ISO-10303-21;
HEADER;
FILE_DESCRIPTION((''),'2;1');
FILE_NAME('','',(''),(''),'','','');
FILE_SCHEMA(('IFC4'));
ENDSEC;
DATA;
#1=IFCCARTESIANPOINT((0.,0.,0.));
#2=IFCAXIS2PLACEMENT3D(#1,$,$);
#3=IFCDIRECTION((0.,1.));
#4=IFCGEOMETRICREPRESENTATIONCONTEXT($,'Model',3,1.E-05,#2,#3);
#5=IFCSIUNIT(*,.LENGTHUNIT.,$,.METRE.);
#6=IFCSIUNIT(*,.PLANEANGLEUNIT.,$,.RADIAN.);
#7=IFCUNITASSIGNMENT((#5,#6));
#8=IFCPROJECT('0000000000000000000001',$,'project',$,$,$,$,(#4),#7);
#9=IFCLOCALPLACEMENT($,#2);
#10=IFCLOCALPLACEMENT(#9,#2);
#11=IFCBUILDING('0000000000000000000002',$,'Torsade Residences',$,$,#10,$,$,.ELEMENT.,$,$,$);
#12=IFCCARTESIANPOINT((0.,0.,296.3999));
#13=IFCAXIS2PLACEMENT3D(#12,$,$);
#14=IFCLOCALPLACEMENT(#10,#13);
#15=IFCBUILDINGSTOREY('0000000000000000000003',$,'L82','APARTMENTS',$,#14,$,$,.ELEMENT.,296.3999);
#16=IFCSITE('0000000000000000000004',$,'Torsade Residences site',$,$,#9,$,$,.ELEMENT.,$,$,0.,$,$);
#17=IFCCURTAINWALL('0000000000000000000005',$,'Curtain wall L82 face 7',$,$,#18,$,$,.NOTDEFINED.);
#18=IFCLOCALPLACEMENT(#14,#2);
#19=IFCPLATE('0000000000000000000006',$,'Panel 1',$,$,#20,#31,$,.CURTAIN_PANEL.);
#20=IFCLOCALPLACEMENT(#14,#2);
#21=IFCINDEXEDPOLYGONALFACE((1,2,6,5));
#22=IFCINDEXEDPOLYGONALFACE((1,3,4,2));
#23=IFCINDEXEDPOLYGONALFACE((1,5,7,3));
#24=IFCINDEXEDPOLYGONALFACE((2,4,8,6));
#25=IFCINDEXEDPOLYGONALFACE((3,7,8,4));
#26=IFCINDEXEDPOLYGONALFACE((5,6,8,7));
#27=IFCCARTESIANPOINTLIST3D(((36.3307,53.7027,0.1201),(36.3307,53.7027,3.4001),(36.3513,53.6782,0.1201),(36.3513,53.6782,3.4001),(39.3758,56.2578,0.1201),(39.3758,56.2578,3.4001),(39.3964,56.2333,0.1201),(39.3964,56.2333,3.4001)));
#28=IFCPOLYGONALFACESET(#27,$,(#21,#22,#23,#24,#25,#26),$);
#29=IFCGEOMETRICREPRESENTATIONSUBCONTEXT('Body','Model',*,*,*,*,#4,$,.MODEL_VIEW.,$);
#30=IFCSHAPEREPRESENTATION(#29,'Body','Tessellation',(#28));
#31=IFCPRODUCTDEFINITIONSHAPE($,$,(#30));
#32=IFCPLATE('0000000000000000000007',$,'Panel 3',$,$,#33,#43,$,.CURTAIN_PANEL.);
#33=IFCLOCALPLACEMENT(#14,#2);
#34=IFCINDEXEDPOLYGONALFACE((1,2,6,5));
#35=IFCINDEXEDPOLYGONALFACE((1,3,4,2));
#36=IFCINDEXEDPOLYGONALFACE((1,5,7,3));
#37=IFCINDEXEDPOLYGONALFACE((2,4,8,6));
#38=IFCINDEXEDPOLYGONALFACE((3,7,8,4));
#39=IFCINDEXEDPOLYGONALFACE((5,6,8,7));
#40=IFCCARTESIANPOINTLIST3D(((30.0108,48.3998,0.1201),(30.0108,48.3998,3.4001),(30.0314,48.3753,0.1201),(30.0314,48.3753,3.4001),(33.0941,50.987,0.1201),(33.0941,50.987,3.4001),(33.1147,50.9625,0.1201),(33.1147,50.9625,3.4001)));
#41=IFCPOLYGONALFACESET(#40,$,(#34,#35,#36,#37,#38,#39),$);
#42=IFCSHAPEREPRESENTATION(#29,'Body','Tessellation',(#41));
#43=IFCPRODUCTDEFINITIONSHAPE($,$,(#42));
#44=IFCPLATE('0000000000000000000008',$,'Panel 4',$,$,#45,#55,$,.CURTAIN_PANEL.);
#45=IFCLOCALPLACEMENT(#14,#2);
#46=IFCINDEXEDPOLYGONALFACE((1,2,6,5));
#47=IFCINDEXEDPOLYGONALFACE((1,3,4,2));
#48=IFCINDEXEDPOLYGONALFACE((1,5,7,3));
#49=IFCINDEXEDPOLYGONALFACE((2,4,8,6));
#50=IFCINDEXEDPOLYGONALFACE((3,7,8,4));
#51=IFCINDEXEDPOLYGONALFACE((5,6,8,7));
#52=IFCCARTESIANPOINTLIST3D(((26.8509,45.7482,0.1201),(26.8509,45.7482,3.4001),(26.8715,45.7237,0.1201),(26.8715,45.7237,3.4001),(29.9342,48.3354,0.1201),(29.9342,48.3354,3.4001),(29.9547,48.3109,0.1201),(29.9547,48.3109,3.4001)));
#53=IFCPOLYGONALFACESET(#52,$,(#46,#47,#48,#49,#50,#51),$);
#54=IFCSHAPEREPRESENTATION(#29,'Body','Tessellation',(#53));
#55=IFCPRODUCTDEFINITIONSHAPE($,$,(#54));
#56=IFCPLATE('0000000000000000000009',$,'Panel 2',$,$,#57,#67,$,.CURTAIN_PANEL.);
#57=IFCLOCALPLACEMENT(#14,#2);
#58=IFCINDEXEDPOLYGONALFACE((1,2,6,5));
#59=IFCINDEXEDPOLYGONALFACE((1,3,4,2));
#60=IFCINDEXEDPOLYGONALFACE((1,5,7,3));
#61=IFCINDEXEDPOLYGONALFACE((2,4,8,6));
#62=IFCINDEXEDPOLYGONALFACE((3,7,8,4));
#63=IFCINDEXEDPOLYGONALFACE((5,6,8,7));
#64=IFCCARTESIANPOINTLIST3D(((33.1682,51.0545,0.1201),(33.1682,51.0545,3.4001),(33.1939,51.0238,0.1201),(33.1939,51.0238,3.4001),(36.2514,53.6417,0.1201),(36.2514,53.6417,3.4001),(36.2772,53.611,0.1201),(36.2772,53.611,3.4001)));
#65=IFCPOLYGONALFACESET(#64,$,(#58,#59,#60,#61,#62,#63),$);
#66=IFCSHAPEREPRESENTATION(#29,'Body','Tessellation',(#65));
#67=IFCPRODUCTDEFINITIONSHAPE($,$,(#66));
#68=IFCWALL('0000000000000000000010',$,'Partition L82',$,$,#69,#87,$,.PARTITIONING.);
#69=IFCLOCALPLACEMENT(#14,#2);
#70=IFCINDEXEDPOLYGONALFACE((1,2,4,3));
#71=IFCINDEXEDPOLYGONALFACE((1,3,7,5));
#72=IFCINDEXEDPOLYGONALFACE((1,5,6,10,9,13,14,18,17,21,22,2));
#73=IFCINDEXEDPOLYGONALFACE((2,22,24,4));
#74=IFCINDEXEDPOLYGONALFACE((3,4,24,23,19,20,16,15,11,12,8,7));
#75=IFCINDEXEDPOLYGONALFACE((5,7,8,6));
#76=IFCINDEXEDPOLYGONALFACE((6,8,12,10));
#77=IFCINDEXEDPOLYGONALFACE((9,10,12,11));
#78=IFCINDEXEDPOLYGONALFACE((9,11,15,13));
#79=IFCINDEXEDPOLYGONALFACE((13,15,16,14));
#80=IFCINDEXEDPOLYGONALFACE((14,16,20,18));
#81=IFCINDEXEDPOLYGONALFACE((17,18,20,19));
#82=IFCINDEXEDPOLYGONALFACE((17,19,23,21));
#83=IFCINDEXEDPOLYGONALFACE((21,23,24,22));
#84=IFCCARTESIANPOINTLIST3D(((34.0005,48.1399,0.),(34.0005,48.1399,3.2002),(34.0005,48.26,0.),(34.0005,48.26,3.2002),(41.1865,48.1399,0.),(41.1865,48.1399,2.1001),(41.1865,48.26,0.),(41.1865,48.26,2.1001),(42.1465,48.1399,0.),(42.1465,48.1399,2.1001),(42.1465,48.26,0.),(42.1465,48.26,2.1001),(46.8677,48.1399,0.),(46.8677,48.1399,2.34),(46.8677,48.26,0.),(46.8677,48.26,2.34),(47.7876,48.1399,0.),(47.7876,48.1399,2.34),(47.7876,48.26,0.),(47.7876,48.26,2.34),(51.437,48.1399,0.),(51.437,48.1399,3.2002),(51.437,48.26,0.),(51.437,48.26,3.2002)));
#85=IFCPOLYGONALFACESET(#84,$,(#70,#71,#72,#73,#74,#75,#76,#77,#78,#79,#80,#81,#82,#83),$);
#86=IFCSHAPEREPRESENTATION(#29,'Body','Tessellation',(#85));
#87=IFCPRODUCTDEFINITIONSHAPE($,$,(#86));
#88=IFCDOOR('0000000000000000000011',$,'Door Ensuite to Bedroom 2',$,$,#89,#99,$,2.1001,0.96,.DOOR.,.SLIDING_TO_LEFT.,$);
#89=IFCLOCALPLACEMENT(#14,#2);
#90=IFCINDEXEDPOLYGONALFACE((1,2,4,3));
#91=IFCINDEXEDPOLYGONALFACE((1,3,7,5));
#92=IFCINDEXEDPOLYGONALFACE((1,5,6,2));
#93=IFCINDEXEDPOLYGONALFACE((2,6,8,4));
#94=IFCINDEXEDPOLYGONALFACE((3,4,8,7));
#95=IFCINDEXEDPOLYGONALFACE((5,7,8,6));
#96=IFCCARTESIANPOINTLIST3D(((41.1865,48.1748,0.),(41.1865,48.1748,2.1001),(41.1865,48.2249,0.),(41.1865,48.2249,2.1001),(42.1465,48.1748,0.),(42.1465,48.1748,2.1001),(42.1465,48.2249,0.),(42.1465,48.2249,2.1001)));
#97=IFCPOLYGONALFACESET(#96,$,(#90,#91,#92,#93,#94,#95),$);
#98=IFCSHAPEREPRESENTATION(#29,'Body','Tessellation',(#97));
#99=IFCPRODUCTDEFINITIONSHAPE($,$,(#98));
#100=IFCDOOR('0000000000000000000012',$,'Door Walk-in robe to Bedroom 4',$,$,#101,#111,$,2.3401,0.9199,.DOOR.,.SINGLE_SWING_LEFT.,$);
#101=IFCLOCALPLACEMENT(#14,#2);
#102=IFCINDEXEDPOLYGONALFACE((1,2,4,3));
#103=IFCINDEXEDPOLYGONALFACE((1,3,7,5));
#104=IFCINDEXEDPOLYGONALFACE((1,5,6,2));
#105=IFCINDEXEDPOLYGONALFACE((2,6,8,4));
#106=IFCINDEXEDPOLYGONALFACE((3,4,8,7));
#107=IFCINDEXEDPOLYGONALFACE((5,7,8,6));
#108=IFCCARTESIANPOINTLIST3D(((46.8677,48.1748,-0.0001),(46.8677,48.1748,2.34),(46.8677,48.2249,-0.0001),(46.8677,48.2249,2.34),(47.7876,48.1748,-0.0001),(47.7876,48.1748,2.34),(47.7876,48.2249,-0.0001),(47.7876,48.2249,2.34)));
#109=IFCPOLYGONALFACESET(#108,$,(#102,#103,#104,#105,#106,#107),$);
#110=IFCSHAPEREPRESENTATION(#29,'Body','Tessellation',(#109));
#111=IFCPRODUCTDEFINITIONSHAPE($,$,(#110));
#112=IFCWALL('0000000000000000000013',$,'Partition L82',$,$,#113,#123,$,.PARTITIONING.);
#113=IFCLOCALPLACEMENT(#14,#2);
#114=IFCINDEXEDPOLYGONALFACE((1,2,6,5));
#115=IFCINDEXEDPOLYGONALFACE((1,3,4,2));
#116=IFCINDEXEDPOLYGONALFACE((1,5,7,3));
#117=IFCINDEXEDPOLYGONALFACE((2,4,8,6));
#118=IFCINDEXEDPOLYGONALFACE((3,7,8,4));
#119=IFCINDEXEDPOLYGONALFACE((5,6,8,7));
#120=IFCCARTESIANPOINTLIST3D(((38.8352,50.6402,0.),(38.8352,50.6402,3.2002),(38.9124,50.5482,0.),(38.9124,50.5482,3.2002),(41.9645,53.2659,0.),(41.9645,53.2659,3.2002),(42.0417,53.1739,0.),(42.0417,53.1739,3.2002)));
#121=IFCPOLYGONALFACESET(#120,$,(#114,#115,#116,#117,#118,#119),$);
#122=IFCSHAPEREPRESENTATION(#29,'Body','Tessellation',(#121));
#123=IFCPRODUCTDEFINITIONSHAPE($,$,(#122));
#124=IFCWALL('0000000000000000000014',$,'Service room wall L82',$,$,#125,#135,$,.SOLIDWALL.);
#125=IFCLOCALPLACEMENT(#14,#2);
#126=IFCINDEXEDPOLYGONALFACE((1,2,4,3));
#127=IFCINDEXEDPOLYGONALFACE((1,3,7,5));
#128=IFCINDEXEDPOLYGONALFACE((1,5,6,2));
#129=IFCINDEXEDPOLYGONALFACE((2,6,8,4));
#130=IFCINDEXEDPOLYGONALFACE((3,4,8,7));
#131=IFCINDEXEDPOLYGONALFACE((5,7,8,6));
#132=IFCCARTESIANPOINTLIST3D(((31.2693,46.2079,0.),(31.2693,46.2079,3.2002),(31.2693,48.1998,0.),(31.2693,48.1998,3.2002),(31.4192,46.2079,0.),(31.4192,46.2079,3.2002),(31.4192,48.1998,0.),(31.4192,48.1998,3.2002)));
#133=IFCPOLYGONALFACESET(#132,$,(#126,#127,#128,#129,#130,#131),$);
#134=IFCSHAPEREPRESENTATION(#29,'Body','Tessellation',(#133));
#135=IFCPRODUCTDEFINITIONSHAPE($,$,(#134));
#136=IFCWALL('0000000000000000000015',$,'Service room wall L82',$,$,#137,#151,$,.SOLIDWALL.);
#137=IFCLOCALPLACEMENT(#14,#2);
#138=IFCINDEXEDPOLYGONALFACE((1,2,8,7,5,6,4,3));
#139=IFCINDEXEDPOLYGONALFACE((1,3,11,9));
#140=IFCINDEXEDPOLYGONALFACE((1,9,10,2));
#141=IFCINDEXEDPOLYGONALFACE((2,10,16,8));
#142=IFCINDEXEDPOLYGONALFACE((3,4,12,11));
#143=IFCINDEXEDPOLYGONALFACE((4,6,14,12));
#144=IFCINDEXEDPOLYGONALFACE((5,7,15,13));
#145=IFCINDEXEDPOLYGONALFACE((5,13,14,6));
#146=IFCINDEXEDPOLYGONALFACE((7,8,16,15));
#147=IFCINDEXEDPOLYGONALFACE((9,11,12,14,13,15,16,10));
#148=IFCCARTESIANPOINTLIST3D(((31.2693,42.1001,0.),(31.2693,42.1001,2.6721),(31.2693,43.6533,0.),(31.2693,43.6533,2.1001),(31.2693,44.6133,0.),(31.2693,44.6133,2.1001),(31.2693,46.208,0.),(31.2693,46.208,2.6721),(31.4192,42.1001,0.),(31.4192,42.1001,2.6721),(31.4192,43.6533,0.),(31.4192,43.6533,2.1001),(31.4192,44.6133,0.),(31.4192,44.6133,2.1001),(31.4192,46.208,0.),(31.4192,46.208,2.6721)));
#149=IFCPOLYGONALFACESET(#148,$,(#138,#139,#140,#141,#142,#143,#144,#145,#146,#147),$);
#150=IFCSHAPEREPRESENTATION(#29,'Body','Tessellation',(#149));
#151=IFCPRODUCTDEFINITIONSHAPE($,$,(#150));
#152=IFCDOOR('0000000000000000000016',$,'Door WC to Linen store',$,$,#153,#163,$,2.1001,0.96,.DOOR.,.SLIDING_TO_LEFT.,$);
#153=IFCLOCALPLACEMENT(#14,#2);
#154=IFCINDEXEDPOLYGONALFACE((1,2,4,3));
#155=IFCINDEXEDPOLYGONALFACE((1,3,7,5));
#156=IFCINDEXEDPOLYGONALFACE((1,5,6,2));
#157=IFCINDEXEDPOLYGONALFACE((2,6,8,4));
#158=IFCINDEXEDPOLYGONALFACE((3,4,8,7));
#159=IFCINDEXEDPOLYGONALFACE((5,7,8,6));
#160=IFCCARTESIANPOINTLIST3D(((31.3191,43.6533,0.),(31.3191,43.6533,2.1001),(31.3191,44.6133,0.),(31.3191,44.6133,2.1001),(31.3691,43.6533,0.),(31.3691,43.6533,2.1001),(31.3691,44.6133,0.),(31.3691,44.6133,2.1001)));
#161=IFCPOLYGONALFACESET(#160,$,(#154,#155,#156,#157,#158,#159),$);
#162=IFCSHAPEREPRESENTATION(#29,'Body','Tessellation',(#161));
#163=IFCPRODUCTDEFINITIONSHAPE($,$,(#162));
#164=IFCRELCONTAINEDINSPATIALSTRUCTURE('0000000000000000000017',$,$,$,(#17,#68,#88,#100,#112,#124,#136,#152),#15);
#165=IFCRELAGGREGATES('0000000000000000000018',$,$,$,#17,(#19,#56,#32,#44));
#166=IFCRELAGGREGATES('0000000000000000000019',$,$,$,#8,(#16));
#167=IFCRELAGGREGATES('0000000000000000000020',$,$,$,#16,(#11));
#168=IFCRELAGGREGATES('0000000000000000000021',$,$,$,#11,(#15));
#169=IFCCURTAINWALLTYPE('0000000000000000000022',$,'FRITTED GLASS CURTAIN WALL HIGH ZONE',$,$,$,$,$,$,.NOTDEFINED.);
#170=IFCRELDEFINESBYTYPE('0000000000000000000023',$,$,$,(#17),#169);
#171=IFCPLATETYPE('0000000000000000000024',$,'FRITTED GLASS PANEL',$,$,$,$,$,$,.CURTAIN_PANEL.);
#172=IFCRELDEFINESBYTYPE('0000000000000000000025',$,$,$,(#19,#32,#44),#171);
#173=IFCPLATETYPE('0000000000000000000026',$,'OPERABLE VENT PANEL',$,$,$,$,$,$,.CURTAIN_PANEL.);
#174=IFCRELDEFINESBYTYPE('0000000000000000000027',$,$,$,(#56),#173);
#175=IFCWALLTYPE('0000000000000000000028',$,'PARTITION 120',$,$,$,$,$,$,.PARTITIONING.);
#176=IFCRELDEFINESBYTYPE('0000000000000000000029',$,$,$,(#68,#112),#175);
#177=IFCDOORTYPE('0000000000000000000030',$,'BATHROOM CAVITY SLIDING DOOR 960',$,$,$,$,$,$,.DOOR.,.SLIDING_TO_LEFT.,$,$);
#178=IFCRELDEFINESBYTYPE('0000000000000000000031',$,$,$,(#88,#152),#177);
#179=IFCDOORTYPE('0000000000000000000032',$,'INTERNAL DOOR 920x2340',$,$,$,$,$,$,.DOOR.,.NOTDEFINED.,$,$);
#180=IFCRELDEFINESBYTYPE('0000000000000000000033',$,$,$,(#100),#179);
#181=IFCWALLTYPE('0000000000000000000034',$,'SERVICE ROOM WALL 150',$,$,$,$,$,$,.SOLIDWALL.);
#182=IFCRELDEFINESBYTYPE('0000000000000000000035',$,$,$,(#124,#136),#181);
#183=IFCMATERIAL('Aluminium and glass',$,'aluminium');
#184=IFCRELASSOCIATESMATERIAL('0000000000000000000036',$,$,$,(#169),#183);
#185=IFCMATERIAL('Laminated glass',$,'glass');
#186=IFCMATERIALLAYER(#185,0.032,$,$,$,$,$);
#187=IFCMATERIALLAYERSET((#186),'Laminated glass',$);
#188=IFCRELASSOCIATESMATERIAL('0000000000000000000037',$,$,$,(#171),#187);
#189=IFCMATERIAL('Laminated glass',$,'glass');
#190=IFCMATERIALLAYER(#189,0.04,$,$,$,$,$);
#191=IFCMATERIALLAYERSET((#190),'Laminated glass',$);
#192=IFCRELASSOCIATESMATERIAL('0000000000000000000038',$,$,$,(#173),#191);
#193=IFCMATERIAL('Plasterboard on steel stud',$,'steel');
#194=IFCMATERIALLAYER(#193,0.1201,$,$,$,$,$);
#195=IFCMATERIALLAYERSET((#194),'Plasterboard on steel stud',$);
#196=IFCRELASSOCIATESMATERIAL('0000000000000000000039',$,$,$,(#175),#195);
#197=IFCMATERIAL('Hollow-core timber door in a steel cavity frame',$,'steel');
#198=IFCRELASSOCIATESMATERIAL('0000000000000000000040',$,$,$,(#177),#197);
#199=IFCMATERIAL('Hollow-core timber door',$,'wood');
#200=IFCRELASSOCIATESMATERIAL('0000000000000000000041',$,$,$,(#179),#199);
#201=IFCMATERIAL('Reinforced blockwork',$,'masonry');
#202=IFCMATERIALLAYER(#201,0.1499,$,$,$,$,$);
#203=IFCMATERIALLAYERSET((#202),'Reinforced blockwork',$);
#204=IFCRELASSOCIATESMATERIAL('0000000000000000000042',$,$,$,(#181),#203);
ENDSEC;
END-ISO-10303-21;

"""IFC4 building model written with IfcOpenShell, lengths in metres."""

from ifc_helpers import new_model, si_unit, direction, frame, frame_2d, origin, origin_2d, place, context, subcontext, project, spatial, rectangle, extrude, material, layer, layer_set, type_object, element, fill, aggregate, save


model = new_model("IFC4")

# Units and contexts
model_context = context("Model", 3, precision=1e-05, world=origin(), true_north=direction((0.0, 1.0)))
body_context = subcontext(model_context, "Body", "Model", "MODEL_VIEW")
ifc_project = project(units=[si_unit("LENGTHUNIT", "METRE"), si_unit("PLANEANGLEUNIT", "RADIAN")], contexts=[model_context])

# Site, building, storey
site_placement = place(None, origin())
site = spatial("IfcSite", under=ifc_project, at=site_placement, Name="Torsade Residences site", CompositionType="ELEMENT", RefElevation=0.0)
building_placement = place(site_placement, origin())
building = spatial("IfcBuilding", under=site, at=building_placement, Name="Torsade Residences", CompositionType="ELEMENT")
storey_placement = place(building_placement, frame((0.0, 0.0, 296.3999)))
storey = spatial("IfcBuildingStorey", under=building, at=storey_placement, Name="L82", Description="APARTMENTS", CompositionType="ELEMENT", Elevation=296.3999)

# Curtain wall
ifc_material_1 = material(Name="Aluminium and glass", Category="aluminium")
curtain_wall_type = type_object("IfcCurtainWallType", Name="FRITTED GLASS CURTAIN WALL HIGH ZONE", PredefinedType="NOTDEFINED", material=ifc_material_1)
curtain_wall_placement = place(storey_placement, origin())
curtain_wall = element("IfcCurtainWall", 1, at=curtain_wall_placement, inside=storey, type_object=curtain_wall_type, Name="Curtain wall L82 face 7", PredefinedType="NOTDEFINED")

# Plates
ifc_material_2 = material(Name="Laminated glass", Category="glass")
ifc_layer_1 = layer(ifc_material_2, 0.032)
ifc_layer_set_1 = layer_set([ifc_layer_1], Name="Laminated glass")
plate_type_1 = type_object("IfcPlateType", Name="FRITTED GLASS PANEL", PredefinedType="CURTAIN_PANEL", material=ifc_layer_set_1)
plate_1_placement = place(storey_placement, frame((37.8635, 54.968, 0.1201), z_axis=(0.0, 0.0, 1.0), x_axis=(-0.766044, -0.642788, 0.0)))
plate_1 = element("IfcPlate", 2, at=plate_1_placement, type_object=plate_type_1, Name="Panel 1", PredefinedType="CURTAIN_PANEL", context=body_context, shape_type="SweptSolid", body=[
    extrude(rectangle(XDim=3.9751, YDim=0.032, at=origin_2d()), origin(), (0.0, 0.0, 1.0), 3.28),
])
plate_2_placement = place(storey_placement, frame((31.5627, 49.6812, 0.1201), z_axis=(0.0, 0.0, 1.0), x_axis=(-0.766044, -0.642788, 0.0)))
plate_2 = element("IfcPlate", 3, at=plate_2_placement, type_object=plate_type_1, Name="Panel 3", PredefinedType="CURTAIN_PANEL", context=body_context, shape_type="SweptSolid", body=[
    extrude(rectangle(XDim=4.0249, YDim=0.032, at=origin_2d()), origin(), (0.0, 0.0, 1.0), 3.28),
])
plate_3_placement = place(storey_placement, frame((28.4028, 47.0295, 0.1201), z_axis=(0.0, 0.0, 1.0), x_axis=(-0.766044, -0.642788, 0.0)))
plate_3 = element("IfcPlate", 4, at=plate_3_placement, type_object=plate_type_1, Name="Panel 4", PredefinedType="CURTAIN_PANEL", context=body_context, shape_type="SweptSolid", body=[
    extrude(rectangle(XDim=4.0249, YDim=0.032, at=origin_2d()), origin(), (0.0, 0.0, 1.0), 3.28),
])
ifc_material_3 = material(Name="Laminated glass", Category="glass")
ifc_layer_2 = layer(ifc_material_3, 0.04)
ifc_layer_set_2 = layer_set([ifc_layer_2], Name="Laminated glass")
plate_type_2 = type_object("IfcPlateType", Name="OPERABLE VENT PANEL", PredefinedType="CURTAIN_PANEL", material=ifc_layer_set_2)
plate_4_placement = place(storey_placement, frame((34.7227, 52.3328, 0.1201), z_axis=(0.0, 0.0, 1.0), x_axis=(-0.766044, -0.642788, 0.0)))
plate_4 = element("IfcPlate", 5, at=plate_4_placement, type_object=plate_type_2, Name="Panel 2", PredefinedType="CURTAIN_PANEL", context=body_context, shape_type="SweptSolid", body=[
    extrude(rectangle(XDim=4.0249, YDim=0.04, at=origin_2d()), origin(), (0.0, 0.0, 1.0), 3.28),
])
aggregate(curtain_wall, [plate_1, plate_4, plate_2, plate_3])

# Wall, openings, doors
ifc_material_4 = material(Name="Plasterboard on steel stud", Category="steel")
ifc_layer_3 = layer(ifc_material_4, 0.1201)
ifc_layer_set_3 = layer_set([ifc_layer_3], Name="Plasterboard on steel stud")
wall_type_1 = type_object("IfcWallType", Name="PARTITION 120", PredefinedType="PARTITIONING", material=ifc_layer_set_3)
wall_1_placement = place(storey_placement, frame((34.0005, 48.2, 0.0), z_axis=(0.0, 0.0, 1.0), x_axis=(1.0, 0.0, 0.0)))
wall_1 = element("IfcWall", 6, at=wall_1_placement, inside=storey, type_object=wall_type_1, Name="Partition L82", PredefinedType="PARTITIONING", context=body_context, shape_type="SweptSolid", body=[
    extrude(rectangle(XDim=17.4365, YDim=0.1201, at=frame_2d((8.7183, 0.0))), origin(), (0.0, 0.0, 1.0), 3.2002),
])
opening_1_placement = place(wall_1_placement, frame((7.186, 0.0, 0.0)))
opening_1 = element("IfcOpeningElement", 7, at=opening_1_placement, cuts=wall_1, PredefinedType="OPENING", context=body_context, shape_type="SweptSolid", body=[
    extrude(rectangle(XDim=0.96, YDim=2.1001, at=frame_2d((0.48, 1.05))), frame((0.0, 0.0701, 0.0), z_axis=(0.0, -1.0, 0.0), x_axis=(1.0, 0.0, 0.0)), (0.0, 0.0, 1.0), 0.1401),
])
opening_2_placement = place(wall_1_placement, frame((12.8672, 0.0, 0.0)))
opening_2 = element("IfcOpeningElement", 8, at=opening_2_placement, cuts=wall_1, PredefinedType="OPENING", context=body_context, shape_type="SweptSolid", body=[
    extrude(rectangle(XDim=0.9199, YDim=2.3401, at=frame_2d((0.46, 1.1699))), frame((0.0, 0.0701, 0.0), z_axis=(0.0, -1.0, 0.0), x_axis=(1.0, 0.0, 0.0)), (0.0, 0.0, 1.0), 0.1401),
])
ifc_material_5 = material(Name="Hollow-core timber door in a steel cavity frame", Category="steel")
door_type_1 = type_object("IfcDoorType", Name="BATHROOM CAVITY SLIDING DOOR 960", OperationType="SLIDING_TO_LEFT", PredefinedType="DOOR", material=ifc_material_5)
door_1_placement = place(opening_1_placement, origin())
door_1 = element("IfcDoor", 9, at=door_1_placement, inside=storey, type_object=door_type_1, Name="Door Ensuite to Bedroom 2", OperationType="SLIDING_TO_LEFT", OverallHeight=2.1001, OverallWidth=0.96, PredefinedType="DOOR", context=body_context, shape_type="SweptSolid", body=[
    extrude(rectangle(XDim=0.96, YDim=2.1001, at=frame_2d((0.48, 1.05))), frame((0.0, 0.0249, 0.0), z_axis=(0.0, -1.0, 0.0), x_axis=(1.0, 0.0, 0.0)), (0.0, 0.0, 1.0), 0.05),
])
fill(opening_1, door_1)
ifc_material_6 = material(Name="Hollow-core timber door", Category="wood")
door_type_2 = type_object("IfcDoorType", Name="INTERNAL DOOR 920x2340", OperationType="NOTDEFINED", PredefinedType="DOOR", material=ifc_material_6)
door_2_placement = place(opening_2_placement, origin())
door_2 = element("IfcDoor", 10, at=door_2_placement, inside=storey, type_object=door_type_2, Name="Door Walk-in robe to Bedroom 4", OperationType="SINGLE_SWING_LEFT", OverallHeight=2.3401, OverallWidth=0.9199, PredefinedType="DOOR", context=body_context, shape_type="SweptSolid", body=[
    extrude(rectangle(XDim=0.9199, YDim=2.3401, at=frame_2d((0.46, 1.1699))), frame((0.0, 0.0249, 0.0), z_axis=(0.0, -1.0, 0.0), x_axis=(1.0, 0.0, 0.0)), (0.0, 0.0, 1.0), 0.05),
])
fill(opening_2, door_2)

# Walls
wall_2_placement = place(storey_placement, frame((38.8738, 50.5942, 0.0), z_axis=(0.0, 0.0, 1.0), x_axis=(0.766061, 0.642767, 0.0)))
element("IfcWall", 11, at=wall_2_placement, inside=storey, type_object=wall_type_1, Name="Partition L82", PredefinedType="PARTITIONING", context=body_context, shape_type="SweptSolid", body=[
    extrude(rectangle(XDim=4.085, YDim=0.1201, at=frame_2d((2.0425, 0.0))), origin(), (0.0, 0.0, 1.0), 3.2002),
])
ifc_material_7 = material(Name="Reinforced blockwork", Category="masonry")
ifc_layer_4 = layer(ifc_material_7, 0.1499)
ifc_layer_set_4 = layer_set([ifc_layer_4], Name="Reinforced blockwork")
wall_type_2 = type_object("IfcWallType", Name="SERVICE ROOM WALL 150", PredefinedType="SOLIDWALL", material=ifc_layer_set_4)
wall_3_placement = place(storey_placement, frame((31.3442, 48.2, 0.0), z_axis=(0.0, 0.0, 1.0), x_axis=(0.0, -1.0, 0.0)))
element("IfcWall", 12, at=wall_3_placement, inside=storey, type_object=wall_type_2, Name="Service room wall L82", PredefinedType="SOLIDWALL", context=body_context, shape_type="SweptSolid", body=[
    extrude(rectangle(XDim=1.9919, YDim=0.1499, at=frame_2d((0.9961, 0.0))), origin(), (0.0, 0.0, 1.0), 3.2002),
])

# Wall, opening, door
wall_4_placement = place(storey_placement, frame((31.3442, 46.208, 0.0), z_axis=(0.0, 0.0, 1.0), x_axis=(0.0, -1.0, 0.0)))
wall_4 = element("IfcWall", 13, at=wall_4_placement, inside=storey, type_object=wall_type_2, Name="Service room wall L82", PredefinedType="SOLIDWALL", context=body_context, shape_type="SweptSolid", body=[
    extrude(rectangle(XDim=4.1079, YDim=0.1499, at=frame_2d((2.054, 0.0))), origin(), (0.0, 0.0, 1.0), 2.6721),
])
opening_3_placement = place(wall_4_placement, frame((1.5947, 0.0, 0.0)))
opening_3 = element("IfcOpeningElement", 14, at=opening_3_placement, cuts=wall_4, PredefinedType="OPENING", context=body_context, shape_type="SweptSolid", body=[
    extrude(rectangle(XDim=0.96, YDim=2.1001, at=frame_2d((0.48, 1.05))), frame((0.0, 0.085, 0.0), z_axis=(0.0, -1.0, 0.0), x_axis=(1.0, 0.0, 0.0)), (0.0, 0.0, 1.0), 0.1699),
])
door_3_placement = place(opening_3_placement, origin())
door_3 = element("IfcDoor", 15, at=door_3_placement, inside=storey, type_object=door_type_1, Name="Door WC to Linen store", OperationType="SLIDING_TO_LEFT", OverallHeight=2.1001, OverallWidth=0.96, PredefinedType="DOOR", context=body_context, shape_type="SweptSolid", body=[
    extrude(rectangle(XDim=0.96, YDim=2.1001, at=frame_2d((0.48, 1.05))), frame((0.0, 0.0249, 0.0), z_axis=(0.0, -1.0, 0.0), x_axis=(1.0, 0.0, 0.0)), (0.0, 0.0, 1.0), 0.05),
])
fill(opening_3, door_3)

save(model, "model.ifc")
